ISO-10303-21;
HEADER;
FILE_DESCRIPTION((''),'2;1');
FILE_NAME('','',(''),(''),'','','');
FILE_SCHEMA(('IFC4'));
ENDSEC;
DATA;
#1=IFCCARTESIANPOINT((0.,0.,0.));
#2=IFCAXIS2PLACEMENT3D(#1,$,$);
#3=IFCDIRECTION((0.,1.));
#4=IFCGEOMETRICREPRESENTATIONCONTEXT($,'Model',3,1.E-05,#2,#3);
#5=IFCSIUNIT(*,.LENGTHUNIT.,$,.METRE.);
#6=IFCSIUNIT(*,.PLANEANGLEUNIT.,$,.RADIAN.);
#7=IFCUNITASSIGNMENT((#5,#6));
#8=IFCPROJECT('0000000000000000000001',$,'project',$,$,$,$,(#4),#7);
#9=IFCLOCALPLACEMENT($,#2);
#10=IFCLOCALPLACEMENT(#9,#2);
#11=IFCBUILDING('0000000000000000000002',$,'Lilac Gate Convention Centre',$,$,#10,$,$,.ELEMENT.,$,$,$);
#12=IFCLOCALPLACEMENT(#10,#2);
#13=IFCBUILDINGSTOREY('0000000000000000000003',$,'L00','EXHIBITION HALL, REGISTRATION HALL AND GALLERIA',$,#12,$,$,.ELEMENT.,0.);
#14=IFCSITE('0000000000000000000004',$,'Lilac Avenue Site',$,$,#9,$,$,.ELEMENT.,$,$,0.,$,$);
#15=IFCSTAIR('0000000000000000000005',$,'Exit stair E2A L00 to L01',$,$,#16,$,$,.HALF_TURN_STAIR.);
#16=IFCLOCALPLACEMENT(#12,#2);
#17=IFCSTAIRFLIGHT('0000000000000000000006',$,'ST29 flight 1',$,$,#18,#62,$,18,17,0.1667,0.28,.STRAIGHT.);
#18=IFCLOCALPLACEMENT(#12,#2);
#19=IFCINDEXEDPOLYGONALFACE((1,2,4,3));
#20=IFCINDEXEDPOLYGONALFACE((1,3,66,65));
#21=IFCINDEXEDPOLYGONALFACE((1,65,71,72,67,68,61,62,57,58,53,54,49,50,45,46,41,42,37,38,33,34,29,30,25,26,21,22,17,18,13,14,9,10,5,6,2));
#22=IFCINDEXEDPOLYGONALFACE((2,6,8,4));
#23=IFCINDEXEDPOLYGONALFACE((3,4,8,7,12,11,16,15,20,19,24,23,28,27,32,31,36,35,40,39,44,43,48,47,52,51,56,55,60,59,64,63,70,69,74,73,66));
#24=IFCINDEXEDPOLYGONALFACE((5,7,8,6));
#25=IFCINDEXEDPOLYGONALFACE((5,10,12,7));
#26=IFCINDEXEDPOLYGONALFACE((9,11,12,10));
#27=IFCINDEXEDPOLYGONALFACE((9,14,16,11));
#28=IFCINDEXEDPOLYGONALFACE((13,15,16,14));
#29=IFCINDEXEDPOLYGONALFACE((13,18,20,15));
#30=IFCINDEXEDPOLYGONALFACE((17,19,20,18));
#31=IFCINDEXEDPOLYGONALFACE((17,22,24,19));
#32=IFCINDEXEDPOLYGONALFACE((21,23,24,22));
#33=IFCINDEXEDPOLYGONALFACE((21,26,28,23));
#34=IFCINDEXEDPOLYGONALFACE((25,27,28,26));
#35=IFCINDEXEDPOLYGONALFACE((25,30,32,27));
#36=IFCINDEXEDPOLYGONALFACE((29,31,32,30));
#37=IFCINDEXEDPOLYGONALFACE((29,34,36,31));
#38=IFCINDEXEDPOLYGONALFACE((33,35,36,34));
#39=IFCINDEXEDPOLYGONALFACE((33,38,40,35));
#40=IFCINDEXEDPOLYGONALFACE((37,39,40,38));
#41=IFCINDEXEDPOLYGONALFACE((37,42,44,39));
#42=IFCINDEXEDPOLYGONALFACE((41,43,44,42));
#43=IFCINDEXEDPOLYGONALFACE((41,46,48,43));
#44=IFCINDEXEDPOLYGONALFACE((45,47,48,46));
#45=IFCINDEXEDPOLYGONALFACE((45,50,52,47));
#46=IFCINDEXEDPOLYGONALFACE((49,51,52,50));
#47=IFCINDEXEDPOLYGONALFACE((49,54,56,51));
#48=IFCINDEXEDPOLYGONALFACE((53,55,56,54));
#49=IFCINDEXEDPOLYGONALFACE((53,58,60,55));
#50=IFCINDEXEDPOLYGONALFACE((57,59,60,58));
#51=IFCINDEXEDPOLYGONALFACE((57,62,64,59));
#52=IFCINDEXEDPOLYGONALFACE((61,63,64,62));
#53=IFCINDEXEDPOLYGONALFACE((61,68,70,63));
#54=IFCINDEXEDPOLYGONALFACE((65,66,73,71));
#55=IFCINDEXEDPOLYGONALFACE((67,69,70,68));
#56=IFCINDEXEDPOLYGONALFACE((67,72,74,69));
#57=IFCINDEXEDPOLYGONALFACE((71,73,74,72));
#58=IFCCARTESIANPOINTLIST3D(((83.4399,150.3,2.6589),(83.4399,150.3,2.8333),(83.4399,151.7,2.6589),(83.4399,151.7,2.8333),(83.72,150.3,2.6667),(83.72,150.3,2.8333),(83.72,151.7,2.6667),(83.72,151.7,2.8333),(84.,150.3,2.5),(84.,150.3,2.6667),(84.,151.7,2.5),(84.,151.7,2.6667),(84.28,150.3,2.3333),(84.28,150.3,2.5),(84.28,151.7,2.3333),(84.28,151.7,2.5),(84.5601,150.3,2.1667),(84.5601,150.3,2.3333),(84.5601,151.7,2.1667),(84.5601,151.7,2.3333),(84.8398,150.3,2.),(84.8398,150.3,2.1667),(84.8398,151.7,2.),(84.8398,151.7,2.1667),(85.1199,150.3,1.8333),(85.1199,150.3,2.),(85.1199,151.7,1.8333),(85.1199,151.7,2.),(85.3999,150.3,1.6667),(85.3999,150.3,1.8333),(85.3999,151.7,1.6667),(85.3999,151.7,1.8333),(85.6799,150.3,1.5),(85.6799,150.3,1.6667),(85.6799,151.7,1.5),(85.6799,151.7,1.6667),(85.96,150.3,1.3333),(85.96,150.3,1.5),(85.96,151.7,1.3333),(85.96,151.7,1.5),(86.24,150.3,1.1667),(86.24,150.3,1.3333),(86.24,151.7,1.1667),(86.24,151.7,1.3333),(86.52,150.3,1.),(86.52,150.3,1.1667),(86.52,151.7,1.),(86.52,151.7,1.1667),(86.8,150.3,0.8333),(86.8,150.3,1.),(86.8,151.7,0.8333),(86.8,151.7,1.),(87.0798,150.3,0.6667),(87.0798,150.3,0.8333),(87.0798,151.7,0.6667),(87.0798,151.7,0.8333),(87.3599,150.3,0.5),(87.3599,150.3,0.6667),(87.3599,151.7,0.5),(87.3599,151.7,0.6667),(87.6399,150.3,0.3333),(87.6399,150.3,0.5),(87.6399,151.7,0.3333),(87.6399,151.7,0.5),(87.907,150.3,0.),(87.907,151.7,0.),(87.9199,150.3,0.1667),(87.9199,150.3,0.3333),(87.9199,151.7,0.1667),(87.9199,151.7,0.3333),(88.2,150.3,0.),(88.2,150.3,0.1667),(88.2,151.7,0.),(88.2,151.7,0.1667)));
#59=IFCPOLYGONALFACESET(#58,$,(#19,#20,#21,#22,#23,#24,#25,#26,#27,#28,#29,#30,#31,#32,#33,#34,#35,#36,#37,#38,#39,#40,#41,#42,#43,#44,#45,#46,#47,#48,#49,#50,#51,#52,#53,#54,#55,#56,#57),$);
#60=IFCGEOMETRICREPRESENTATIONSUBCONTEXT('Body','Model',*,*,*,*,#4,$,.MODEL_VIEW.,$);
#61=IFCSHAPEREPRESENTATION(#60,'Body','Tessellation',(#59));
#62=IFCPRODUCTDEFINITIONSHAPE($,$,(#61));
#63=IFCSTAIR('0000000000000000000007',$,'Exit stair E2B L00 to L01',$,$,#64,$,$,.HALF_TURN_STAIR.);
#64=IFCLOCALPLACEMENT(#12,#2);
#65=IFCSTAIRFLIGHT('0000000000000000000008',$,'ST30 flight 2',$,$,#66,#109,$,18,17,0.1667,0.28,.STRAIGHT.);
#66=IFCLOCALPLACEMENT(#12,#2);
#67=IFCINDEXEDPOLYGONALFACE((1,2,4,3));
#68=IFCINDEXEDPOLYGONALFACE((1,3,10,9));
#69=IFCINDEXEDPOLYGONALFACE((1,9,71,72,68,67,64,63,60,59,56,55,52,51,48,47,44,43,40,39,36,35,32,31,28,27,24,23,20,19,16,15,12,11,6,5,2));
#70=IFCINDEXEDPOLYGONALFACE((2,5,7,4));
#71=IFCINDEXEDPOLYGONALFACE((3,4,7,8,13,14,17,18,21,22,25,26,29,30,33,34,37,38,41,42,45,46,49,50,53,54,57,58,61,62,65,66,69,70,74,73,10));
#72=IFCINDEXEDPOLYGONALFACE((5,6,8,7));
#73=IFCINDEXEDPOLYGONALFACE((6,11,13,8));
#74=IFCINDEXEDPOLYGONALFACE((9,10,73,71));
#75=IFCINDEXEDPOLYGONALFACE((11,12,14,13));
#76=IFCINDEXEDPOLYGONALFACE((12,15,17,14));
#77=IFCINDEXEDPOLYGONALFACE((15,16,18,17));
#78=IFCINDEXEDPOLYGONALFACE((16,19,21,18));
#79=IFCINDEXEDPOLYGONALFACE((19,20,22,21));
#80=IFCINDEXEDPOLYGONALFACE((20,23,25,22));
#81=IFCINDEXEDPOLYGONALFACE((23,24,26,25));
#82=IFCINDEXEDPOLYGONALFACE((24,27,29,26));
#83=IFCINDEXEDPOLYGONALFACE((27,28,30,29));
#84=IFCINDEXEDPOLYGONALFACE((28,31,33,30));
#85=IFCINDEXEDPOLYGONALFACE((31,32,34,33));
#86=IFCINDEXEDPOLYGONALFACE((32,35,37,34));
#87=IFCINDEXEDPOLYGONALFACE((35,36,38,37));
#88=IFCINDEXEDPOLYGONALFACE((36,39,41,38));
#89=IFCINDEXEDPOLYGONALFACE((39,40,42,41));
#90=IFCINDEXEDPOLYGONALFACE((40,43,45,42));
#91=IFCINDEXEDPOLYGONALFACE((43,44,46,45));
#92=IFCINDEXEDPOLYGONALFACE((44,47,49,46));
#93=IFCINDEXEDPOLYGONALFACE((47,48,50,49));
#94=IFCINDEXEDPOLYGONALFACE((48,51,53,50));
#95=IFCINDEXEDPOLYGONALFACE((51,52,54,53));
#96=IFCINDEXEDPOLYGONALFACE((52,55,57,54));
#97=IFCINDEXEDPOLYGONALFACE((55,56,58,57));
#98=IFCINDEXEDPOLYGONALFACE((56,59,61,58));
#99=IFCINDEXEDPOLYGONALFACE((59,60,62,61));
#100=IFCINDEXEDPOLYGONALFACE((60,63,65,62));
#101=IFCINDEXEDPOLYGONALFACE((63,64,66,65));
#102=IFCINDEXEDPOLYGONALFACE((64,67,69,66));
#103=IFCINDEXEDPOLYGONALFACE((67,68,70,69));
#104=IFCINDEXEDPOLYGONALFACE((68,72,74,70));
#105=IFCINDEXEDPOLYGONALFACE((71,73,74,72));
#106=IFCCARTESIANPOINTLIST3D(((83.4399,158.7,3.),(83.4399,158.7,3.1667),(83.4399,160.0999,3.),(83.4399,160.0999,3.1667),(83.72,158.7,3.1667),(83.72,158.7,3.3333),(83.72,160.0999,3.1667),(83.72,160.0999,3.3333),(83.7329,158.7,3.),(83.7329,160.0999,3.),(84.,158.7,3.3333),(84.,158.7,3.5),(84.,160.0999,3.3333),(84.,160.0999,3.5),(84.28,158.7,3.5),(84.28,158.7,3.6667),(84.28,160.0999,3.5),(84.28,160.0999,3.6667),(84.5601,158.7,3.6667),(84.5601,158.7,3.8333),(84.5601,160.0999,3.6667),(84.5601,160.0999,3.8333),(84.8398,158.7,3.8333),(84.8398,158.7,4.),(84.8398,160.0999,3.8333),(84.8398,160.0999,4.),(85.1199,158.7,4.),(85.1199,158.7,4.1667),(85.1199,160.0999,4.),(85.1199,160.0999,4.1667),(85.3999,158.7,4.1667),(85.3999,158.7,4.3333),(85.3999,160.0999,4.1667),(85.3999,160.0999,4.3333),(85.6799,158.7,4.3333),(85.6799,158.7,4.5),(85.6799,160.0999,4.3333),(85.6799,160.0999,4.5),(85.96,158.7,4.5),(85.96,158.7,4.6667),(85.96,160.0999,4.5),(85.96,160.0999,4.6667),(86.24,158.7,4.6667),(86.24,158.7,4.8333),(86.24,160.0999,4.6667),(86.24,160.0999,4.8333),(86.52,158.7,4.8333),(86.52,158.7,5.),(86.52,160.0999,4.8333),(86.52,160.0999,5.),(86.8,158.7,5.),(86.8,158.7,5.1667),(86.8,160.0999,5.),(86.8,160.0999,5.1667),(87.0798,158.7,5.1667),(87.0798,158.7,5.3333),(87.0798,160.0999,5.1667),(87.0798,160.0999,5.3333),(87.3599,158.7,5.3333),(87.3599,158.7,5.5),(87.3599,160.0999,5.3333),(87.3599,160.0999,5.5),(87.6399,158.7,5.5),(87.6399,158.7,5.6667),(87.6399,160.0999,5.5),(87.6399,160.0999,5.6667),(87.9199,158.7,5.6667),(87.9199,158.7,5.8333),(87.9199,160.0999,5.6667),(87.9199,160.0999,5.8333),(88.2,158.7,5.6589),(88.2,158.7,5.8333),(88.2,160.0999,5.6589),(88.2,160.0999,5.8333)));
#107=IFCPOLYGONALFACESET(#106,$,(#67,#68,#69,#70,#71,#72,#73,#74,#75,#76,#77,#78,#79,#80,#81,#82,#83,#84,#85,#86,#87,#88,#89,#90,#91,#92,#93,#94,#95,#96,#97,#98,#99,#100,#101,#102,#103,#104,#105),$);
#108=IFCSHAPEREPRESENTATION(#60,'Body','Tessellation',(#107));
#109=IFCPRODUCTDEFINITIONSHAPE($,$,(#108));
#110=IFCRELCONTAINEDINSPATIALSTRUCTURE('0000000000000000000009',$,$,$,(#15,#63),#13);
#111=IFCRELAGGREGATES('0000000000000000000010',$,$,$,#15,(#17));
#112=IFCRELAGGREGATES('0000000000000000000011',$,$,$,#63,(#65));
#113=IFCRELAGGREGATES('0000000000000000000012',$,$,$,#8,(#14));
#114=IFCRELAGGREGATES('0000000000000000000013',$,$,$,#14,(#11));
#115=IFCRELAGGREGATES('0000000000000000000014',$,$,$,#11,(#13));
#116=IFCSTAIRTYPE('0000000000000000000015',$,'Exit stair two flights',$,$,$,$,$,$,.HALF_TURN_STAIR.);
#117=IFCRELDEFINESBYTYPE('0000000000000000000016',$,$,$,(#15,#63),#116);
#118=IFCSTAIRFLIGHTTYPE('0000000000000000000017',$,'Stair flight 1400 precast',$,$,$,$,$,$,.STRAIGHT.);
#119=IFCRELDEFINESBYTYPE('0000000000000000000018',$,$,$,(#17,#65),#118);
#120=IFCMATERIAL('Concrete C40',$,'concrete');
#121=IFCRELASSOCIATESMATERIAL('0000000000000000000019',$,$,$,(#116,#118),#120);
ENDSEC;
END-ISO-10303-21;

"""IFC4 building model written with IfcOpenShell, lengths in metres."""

from ifc_helpers import new_model, si_unit, direction, frame, origin, place, context, subcontext, project, spatial, polyline, outline, extrude, material, type_object, element, aggregate, save


model = new_model("IFC4")

# Units and contexts
model_context = context("Model", 3, precision=1e-05, world=origin(), true_north=direction((0.0, 1.0)))
body_context = subcontext(model_context, "Body", "Model", "MODEL_VIEW")
ifc_project = project(units=[si_unit("LENGTHUNIT", "METRE"), si_unit("PLANEANGLEUNIT", "RADIAN")], contexts=[model_context])

# Site, building, storey
site_placement = place(None, origin())
site = spatial("IfcSite", under=ifc_project, at=site_placement, Name="Lilac Avenue Site", CompositionType="ELEMENT", RefElevation=0.0)
building_placement = place(site_placement, origin())
building = spatial("IfcBuilding", under=site, at=building_placement, Name="Lilac Gate Convention Centre", CompositionType="ELEMENT")
storey_placement = place(building_placement, origin())
storey = spatial("IfcBuildingStorey", under=building, at=storey_placement, Name="L00", Description="EXHIBITION HALL, REGISTRATION HALL AND GALLERIA", CompositionType="ELEMENT", Elevation=0.0)

# Shared definitions
ifc_material_1 = material(Name="Concrete C40", Category="concrete")

# Stairs, stair flights
stair_type = type_object("IfcStairType", Name="Exit stair two flights", PredefinedType="HALF_TURN_STAIR", material=ifc_material_1)
stair_1_placement = place(storey_placement, origin())
stair_1 = element("IfcStair", 1, at=stair_1_placement, inside=storey, type_object=stair_type, Name="Exit stair E2A L00 to L01", PredefinedType="HALF_TURN_STAIR")
stair_flight_type = type_object("IfcStairFlightType", Name="Stair flight 1400 precast", PredefinedType="STRAIGHT", material=ifc_material_1)
stair_flight_1_placement = place(storey_placement, frame((88.2, 151.0, 0.0), z_axis=(0.0, 0.0, 1.0), x_axis=(-1.0, 0.0, 0.0)))
stair_flight_1 = element("IfcStairFlight", 2, at=stair_flight_1_placement, type_object=stair_flight_type, Name="ST29 flight 1", NumberOfRisers=18, NumberOfTreads=17, PredefinedType="STRAIGHT", RiserHeight=0.1667, TreadLength=0.28, context=body_context, shape_type="SweptSolid", body=[
    extrude(outline(polyline([(0.0, 0.0), (0.0, 0.1667), (0.28, 0.1667), (0.28, 0.3333), (0.5601, 0.3333), (0.5601, 0.5), (0.8401, 0.5), (0.8401, 0.6667), (1.1201, 0.6667), (1.1201, 0.8333), (1.3999, 0.8333), (1.3999, 1.0), (1.6799, 1.0), (1.6799, 1.1667), (1.96, 1.1667), (1.96, 1.3333), (2.24, 1.3333), (2.24, 1.5), (2.52, 1.5), (2.52, 1.6667), (2.8, 1.6667), (2.8, 1.8333), (3.0801, 1.8333), (3.0801, 2.0), (3.3601, 2.0), (3.3601, 2.1667), (3.6399, 2.1667), (3.6399, 2.3333), (3.9199, 2.3333), (3.9199, 2.5), (4.2, 2.5), (4.2, 2.6667), (4.48, 2.6667), (4.48, 2.8333), (4.76, 2.8333), (4.76, 3.0), (4.76, 2.6589), (0.293, 0.0), (0.0, 0.0)])), frame((0.0, 0.7, 0.0), z_axis=(0.0, -1.0, 0.0), x_axis=(1.0, 0.0, 0.0)), (0.0, 0.0, 1.0), 1.3999),
])
aggregate(stair_1, [stair_flight_1])
stair_2_placement = place(storey_placement, origin())
stair_2 = element("IfcStair", 3, at=stair_2_placement, inside=storey, type_object=stair_type, Name="Exit stair E2B L00 to L01", PredefinedType="HALF_TURN_STAIR")
stair_flight_2_placement = place(storey_placement, frame((83.4399, 159.3999, 3.0), z_axis=(0.0, 0.0, 1.0), x_axis=(1.0, 0.0, 0.0)))
stair_flight_2 = element("IfcStairFlight", 4, at=stair_flight_2_placement, type_object=stair_flight_type, Name="ST30 flight 2", NumberOfRisers=18, NumberOfTreads=17, PredefinedType="STRAIGHT", RiserHeight=0.1667, TreadLength=0.28, context=body_context, shape_type="SweptSolid", body=[
    extrude(outline(polyline([(0.0, 0.0), (0.0, 0.1667), (0.28, 0.1667), (0.28, 0.3333), (0.5601, 0.3333), (0.5601, 0.5), (0.8401, 0.5), (0.8401, 0.6667), (1.1201, 0.6667), (1.1201, 0.8333), (1.3999, 0.8333), (1.3999, 1.0), (1.6799, 1.0), (1.6799, 1.1667), (1.96, 1.1667), (1.96, 1.3333), (2.24, 1.3333), (2.24, 1.5), (2.52, 1.5), (2.52, 1.6667), (2.8, 1.6667), (2.8, 1.8333), (3.0801, 1.8333), (3.0801, 2.0), (3.3601, 2.0), (3.3601, 2.1667), (3.6399, 2.1667), (3.6399, 2.3333), (3.9199, 2.3333), (3.9199, 2.5), (4.2, 2.5), (4.2, 2.6667), (4.48, 2.6667), (4.48, 2.8333), (4.76, 2.8333), (4.76, 3.0), (4.76, 2.6589), (0.293, 0.0), (0.0, 0.0)])), frame((0.0, 0.7, 0.0), z_axis=(0.0, -1.0, 0.0), x_axis=(1.0, 0.0, 0.0)), (0.0, 0.0, 1.0), 1.3999),
])
aggregate(stair_2, [stair_flight_2])

save(model, "model.ifc")
